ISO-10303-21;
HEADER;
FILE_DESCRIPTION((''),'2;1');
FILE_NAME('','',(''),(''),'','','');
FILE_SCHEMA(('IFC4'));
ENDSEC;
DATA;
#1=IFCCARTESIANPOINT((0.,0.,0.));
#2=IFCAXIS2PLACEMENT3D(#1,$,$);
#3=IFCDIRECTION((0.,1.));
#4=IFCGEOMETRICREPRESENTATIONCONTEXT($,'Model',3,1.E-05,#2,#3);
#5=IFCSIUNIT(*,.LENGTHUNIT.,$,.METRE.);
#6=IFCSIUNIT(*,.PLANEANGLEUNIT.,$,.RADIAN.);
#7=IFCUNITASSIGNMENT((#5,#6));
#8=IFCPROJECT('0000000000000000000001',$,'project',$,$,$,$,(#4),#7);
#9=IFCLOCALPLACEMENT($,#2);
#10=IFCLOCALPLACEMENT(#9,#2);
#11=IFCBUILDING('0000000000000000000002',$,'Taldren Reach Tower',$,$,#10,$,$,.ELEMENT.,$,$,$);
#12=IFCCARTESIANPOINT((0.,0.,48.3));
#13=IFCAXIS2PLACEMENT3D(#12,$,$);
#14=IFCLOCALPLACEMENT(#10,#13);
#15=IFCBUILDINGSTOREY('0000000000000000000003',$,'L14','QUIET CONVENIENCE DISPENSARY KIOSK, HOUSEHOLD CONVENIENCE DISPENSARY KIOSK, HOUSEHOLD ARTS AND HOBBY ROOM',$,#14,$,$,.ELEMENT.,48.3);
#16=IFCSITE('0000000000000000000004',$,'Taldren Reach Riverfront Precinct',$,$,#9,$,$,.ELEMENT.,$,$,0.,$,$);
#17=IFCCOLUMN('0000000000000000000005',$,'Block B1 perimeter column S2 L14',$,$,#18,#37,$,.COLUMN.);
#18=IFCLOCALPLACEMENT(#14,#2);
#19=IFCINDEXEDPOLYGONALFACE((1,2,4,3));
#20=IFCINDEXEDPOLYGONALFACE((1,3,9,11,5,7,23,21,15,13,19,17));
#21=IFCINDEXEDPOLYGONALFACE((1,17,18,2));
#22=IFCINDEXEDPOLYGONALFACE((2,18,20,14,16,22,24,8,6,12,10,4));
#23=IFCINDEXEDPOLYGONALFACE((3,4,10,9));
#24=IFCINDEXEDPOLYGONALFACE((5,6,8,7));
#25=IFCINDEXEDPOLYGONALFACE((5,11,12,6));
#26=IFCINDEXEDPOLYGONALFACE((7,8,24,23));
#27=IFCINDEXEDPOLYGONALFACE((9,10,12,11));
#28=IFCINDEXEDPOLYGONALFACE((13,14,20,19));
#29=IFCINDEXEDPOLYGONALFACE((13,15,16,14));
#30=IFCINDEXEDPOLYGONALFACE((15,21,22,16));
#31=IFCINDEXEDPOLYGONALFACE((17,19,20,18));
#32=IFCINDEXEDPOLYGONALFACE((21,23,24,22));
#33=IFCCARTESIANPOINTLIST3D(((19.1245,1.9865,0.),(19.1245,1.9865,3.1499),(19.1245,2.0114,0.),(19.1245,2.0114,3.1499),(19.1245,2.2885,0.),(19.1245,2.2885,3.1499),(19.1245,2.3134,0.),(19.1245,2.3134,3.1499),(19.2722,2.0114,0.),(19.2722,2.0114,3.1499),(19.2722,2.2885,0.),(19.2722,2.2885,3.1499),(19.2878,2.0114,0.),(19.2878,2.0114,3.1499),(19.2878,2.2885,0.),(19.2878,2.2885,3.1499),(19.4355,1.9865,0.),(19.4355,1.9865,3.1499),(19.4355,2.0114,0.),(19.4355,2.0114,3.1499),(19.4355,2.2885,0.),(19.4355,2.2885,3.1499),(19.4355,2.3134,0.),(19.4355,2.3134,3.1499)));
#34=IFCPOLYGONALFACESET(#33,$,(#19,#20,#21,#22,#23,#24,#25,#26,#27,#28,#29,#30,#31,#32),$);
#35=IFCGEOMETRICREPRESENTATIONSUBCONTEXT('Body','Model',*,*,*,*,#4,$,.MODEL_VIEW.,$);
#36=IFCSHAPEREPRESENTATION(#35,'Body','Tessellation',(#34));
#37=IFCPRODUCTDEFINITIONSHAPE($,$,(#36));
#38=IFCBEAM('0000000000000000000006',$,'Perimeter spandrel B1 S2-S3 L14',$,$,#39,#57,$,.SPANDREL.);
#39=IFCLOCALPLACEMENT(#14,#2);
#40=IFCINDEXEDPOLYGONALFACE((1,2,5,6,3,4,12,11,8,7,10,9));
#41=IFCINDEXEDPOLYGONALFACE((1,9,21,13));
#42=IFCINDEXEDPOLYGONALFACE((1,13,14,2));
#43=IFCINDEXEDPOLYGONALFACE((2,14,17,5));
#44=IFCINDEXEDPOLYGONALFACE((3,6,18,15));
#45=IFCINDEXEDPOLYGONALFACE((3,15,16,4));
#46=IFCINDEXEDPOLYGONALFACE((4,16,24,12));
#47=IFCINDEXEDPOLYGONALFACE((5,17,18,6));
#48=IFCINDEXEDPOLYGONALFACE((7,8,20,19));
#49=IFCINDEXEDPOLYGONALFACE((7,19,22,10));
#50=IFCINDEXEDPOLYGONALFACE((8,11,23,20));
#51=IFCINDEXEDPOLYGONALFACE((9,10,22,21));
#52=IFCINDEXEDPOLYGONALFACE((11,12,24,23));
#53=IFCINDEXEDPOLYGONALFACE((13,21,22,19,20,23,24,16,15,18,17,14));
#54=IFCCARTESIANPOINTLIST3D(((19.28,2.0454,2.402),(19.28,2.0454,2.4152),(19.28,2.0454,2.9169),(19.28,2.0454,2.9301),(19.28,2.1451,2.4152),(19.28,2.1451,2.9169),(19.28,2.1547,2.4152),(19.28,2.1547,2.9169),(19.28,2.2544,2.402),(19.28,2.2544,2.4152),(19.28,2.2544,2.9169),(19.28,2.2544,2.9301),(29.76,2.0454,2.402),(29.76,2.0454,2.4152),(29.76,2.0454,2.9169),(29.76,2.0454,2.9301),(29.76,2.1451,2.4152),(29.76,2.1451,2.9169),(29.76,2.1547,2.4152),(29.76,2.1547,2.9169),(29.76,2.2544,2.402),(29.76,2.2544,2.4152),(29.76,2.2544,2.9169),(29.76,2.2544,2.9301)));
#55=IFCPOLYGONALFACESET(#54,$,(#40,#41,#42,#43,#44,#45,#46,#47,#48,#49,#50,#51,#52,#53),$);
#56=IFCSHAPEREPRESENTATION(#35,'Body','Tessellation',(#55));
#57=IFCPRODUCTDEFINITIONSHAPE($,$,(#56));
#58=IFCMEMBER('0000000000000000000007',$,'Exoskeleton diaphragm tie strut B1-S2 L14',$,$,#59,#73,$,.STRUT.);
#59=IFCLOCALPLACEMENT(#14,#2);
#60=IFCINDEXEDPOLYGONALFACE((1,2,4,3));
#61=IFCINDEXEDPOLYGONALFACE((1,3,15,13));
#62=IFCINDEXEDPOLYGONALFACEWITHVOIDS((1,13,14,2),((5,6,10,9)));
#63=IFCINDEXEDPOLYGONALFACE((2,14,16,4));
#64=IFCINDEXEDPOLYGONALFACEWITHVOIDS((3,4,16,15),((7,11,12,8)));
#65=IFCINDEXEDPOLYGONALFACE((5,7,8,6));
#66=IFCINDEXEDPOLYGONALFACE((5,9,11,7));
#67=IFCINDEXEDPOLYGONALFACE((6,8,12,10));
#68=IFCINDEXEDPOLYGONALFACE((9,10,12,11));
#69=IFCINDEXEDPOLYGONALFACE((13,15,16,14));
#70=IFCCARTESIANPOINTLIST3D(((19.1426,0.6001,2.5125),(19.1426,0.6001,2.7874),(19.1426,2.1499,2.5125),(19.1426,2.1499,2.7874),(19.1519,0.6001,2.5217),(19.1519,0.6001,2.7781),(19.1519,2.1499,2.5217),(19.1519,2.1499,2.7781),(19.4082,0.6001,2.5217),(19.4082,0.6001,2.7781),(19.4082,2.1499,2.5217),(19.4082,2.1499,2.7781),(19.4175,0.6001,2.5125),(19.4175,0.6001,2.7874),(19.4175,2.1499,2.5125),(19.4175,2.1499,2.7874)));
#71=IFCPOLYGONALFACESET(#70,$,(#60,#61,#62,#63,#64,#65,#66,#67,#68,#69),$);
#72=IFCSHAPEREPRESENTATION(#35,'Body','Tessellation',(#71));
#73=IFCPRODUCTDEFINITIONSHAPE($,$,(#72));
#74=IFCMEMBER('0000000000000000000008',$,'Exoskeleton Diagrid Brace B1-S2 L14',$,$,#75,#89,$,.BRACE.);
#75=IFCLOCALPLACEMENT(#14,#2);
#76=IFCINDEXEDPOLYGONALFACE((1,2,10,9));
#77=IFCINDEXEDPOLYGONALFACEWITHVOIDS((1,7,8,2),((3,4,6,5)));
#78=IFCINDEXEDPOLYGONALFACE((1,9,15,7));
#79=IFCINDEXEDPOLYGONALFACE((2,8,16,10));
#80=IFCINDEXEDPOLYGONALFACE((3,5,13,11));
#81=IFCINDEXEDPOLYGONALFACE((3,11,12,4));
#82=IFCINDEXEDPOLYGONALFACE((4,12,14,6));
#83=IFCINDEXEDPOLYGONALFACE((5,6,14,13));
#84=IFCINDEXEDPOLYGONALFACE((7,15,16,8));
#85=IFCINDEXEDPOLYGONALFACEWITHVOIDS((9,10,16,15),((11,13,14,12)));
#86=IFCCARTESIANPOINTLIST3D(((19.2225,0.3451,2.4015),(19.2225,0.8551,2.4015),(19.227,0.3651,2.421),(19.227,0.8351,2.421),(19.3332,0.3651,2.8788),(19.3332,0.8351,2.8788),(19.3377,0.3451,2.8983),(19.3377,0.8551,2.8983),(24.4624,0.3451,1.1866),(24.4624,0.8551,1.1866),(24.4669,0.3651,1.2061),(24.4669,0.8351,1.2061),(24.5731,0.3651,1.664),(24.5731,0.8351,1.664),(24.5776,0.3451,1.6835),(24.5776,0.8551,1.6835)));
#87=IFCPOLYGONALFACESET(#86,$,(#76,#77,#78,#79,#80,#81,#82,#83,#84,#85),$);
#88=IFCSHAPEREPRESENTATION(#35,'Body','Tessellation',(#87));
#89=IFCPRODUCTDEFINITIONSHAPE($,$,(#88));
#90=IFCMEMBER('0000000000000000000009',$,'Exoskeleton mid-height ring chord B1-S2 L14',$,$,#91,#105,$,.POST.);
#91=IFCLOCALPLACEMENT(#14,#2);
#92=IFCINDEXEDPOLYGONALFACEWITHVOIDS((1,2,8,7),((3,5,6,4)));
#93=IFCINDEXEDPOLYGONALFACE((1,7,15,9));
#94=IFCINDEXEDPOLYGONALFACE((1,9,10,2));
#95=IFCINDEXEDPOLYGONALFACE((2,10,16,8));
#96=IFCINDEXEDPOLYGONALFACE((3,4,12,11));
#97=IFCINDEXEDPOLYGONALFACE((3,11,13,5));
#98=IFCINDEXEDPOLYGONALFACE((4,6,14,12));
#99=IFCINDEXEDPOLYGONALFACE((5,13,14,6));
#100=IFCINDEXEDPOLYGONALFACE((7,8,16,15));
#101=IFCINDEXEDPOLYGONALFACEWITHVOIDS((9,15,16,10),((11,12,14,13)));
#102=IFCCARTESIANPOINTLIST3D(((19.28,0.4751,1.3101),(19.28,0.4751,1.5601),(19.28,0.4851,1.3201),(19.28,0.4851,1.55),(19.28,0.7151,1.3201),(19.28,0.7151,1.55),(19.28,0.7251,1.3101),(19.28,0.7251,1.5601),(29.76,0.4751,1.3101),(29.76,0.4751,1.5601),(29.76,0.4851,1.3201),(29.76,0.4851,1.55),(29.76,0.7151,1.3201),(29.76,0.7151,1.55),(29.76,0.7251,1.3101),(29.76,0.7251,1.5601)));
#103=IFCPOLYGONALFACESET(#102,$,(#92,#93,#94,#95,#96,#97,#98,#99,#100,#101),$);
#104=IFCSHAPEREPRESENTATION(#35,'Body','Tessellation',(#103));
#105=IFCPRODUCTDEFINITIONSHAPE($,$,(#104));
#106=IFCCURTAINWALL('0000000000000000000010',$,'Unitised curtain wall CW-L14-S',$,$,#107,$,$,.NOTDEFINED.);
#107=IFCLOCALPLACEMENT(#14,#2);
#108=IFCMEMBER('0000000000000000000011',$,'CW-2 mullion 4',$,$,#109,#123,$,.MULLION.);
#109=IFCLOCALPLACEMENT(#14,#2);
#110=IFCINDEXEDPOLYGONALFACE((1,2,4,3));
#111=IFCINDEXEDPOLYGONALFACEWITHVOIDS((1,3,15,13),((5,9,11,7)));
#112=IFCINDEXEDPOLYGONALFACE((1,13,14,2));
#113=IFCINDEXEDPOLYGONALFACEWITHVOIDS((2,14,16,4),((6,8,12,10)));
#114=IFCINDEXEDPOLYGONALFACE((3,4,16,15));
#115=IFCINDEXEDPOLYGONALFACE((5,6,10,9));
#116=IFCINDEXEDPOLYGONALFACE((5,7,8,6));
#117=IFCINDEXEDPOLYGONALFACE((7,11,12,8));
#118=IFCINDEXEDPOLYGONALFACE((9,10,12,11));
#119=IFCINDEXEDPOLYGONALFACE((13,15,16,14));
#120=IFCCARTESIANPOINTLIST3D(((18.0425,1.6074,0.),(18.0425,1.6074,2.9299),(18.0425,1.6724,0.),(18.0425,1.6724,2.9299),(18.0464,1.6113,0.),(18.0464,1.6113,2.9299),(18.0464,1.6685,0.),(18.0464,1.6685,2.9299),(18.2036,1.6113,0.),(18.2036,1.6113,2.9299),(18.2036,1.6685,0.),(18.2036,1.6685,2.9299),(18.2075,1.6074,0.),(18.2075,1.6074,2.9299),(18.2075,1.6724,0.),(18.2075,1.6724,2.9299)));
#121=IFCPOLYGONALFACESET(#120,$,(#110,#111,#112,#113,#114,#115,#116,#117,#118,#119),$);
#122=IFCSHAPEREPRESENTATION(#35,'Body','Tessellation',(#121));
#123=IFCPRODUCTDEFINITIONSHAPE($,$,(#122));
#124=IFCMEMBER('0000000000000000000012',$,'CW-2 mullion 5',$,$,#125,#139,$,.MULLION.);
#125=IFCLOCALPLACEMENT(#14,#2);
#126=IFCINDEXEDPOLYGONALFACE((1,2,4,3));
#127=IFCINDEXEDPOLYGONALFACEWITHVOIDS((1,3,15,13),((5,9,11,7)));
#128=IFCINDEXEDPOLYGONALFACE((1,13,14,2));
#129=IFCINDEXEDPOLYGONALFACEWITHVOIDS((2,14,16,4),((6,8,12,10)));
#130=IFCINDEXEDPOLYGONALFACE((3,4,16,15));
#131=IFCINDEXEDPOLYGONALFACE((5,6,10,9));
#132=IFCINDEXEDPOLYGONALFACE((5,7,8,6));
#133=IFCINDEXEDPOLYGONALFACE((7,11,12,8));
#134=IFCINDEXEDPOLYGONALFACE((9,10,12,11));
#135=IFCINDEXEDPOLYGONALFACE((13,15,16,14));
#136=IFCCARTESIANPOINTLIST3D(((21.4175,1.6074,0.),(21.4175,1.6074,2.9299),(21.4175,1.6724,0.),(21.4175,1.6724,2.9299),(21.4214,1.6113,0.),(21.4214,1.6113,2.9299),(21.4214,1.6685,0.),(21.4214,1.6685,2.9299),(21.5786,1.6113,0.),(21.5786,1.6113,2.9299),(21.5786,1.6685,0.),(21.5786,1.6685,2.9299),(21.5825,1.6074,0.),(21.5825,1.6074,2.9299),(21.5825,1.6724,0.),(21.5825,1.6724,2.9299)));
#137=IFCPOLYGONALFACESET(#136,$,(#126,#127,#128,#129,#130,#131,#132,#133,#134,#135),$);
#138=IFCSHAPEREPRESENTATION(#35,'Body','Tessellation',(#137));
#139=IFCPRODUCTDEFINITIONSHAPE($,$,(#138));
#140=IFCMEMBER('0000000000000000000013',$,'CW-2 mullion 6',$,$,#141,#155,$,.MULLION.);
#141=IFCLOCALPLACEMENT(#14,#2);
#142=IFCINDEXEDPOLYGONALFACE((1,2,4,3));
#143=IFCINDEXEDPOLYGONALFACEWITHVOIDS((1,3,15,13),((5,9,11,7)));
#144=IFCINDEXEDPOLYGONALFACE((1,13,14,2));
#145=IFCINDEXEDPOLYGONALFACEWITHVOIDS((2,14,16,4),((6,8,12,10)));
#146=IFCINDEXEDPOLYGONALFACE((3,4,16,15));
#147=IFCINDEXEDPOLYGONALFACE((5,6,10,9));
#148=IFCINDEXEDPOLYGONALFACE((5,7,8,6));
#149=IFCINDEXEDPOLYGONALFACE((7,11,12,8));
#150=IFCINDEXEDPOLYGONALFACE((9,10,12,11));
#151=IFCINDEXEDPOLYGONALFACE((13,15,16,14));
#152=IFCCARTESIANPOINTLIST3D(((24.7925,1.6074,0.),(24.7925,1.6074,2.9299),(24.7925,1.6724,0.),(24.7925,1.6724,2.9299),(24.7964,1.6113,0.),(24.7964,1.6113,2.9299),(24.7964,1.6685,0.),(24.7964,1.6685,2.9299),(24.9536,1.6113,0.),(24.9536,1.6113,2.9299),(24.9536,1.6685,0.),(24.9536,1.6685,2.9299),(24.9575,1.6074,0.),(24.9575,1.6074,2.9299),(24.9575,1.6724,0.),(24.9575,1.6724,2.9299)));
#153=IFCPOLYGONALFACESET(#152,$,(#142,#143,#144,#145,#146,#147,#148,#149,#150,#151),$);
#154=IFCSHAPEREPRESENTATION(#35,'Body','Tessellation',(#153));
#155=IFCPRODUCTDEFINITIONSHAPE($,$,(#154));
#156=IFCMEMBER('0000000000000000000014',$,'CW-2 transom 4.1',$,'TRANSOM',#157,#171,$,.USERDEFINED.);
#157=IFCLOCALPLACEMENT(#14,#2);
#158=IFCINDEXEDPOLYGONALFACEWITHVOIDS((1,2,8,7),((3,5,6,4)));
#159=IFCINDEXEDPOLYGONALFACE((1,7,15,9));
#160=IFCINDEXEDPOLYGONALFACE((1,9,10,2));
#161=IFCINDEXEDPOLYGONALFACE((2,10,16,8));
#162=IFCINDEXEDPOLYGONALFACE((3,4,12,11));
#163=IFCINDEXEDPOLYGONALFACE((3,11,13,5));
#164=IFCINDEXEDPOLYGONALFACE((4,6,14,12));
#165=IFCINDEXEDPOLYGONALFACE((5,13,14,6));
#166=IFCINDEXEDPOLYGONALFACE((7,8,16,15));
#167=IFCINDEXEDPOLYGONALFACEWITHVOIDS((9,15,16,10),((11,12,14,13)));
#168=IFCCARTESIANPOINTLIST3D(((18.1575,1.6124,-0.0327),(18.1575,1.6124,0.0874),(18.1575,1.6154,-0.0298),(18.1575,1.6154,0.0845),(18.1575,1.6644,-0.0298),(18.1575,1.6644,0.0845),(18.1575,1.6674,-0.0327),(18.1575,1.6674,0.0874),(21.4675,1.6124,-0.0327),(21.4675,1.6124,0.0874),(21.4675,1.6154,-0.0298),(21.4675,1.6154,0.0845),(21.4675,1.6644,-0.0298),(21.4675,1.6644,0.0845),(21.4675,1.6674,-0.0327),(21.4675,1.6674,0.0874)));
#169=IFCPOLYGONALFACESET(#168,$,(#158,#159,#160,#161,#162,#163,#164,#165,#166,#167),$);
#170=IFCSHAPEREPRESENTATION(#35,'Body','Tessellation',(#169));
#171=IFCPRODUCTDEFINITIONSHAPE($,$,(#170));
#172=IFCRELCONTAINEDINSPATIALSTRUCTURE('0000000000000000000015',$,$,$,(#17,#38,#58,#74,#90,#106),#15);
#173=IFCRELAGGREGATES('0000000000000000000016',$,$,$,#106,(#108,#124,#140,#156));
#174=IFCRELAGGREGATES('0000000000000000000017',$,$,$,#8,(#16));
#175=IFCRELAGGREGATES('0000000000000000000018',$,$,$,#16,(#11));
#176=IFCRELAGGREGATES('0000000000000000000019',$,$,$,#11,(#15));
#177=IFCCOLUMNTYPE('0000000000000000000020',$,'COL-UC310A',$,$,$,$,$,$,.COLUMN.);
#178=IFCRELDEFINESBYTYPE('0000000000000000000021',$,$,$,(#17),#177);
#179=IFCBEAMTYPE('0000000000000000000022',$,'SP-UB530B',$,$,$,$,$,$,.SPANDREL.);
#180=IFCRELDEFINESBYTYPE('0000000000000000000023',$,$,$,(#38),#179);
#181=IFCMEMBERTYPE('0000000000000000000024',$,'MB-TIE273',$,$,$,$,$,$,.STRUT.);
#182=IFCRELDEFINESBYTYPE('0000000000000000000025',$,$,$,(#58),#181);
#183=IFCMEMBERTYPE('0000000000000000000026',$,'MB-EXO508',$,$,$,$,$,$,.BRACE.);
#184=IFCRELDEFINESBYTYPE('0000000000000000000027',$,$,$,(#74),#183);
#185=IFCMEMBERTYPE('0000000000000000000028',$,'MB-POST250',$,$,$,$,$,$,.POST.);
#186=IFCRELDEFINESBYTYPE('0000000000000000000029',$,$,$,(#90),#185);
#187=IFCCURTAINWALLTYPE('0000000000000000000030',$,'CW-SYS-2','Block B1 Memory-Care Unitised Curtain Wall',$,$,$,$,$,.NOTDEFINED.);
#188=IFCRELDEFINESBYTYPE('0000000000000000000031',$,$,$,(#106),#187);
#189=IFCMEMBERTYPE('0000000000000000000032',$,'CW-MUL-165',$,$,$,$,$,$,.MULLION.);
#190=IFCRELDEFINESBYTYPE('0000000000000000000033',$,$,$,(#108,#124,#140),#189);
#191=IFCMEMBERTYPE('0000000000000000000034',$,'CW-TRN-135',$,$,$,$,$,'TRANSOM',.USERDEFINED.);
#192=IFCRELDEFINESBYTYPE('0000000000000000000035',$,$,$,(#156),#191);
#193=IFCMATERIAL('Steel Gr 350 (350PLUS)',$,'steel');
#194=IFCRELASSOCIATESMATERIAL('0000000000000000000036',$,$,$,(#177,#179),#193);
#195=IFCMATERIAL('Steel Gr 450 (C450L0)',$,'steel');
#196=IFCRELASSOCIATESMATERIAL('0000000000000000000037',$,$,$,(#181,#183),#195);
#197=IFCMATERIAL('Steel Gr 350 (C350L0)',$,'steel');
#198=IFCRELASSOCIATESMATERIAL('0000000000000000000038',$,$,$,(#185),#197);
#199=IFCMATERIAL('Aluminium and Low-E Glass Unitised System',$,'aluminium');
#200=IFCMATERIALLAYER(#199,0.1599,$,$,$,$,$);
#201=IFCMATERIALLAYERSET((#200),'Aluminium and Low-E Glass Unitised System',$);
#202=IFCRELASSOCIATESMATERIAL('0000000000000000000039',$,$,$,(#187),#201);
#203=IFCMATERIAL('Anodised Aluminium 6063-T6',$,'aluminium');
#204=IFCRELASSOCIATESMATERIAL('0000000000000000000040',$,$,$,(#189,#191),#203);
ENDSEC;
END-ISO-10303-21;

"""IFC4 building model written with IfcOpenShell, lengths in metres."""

from ifc_helpers import new_model, si_unit, direction, frame, origin, origin_2d, place, context, subcontext, project, spatial, hollow_rectangle, i_section, extrude, source, transform, mapped, material, layer, layer_set, material_profile, profile_set, type_object, element, aggregate, save


model = new_model("IFC4")

# Units and contexts
model_context = context("Model", 3, precision=1e-05, world=origin(), true_north=direction((0.0, 1.0)))
body_context = subcontext(model_context, "Body", "Model", "MODEL_VIEW")
ifc_project = project(units=[si_unit("LENGTHUNIT", "METRE"), si_unit("PLANEANGLEUNIT", "RADIAN")], contexts=[model_context])

# Site, building, storey
site_placement = place(None, origin())
site = spatial("IfcSite", under=ifc_project, at=site_placement, Name="Taldren Reach Riverfront Precinct", CompositionType="ELEMENT", RefElevation=0.0)
building_placement = place(site_placement, origin())
building = spatial("IfcBuilding", under=site, at=building_placement, Name="Taldren Reach Tower", CompositionType="ELEMENT")
storey_placement = place(building_placement, frame((0.0, 0.0, 48.3)))
storey = spatial("IfcBuildingStorey", under=building, at=storey_placement, Name="L14", Description="QUIET CONVENIENCE DISPENSARY KIOSK, HOUSEHOLD CONVENIENCE DISPENSARY KIOSK, HOUSEHOLD ARTS AND HOBBY ROOM", CompositionType="ELEMENT", Elevation=48.3)

# Column
ifc_material_1 = material(Name="Steel Gr 350 (350PLUS)", Category="steel")
ifc_material_profile_1 = material_profile(ifc_material_1, i_section(OverallWidth=0.311, OverallDepth=0.3269, WebThickness=0.0156, FlangeThickness=0.0249, at=origin_2d()), Name="310UC158")
ifc_profile_set_1 = profile_set([ifc_material_profile_1], Name="Steel Gr 350 (350PLUS)")
column_type = type_object("IfcColumnType", Name="COL-UC310A", PredefinedType="COLUMN", material=ifc_profile_set_1)
shared_shape_1 = source(origin(), body_context, "Body", "SweptSolid", [
    extrude(i_section(OverallWidth=0.311, OverallDepth=0.3269, WebThickness=0.0156, FlangeThickness=0.0249, at=origin_2d()), origin(), (0.0, 0.0, 1.0), 3.1499),
])
column_placement = place(storey_placement, frame((19.28, 2.1499, 0.0), z_axis=(0.0, 0.0, 1.0), x_axis=(1.0, 0.0, 0.0)))
element("IfcColumn", 1, at=column_placement, inside=storey, type_object=column_type, Name="Block B1 perimeter column S2 L14", PredefinedType="COLUMN", context=body_context, shape_type="MappedRepresentation", body=[
    mapped(shared_shape_1, transform((0.0, 0.0, 0.0), scale=1.0)),
])

# Beam
ifc_material_profile_2 = material_profile(ifc_material_1, i_section(OverallWidth=0.209, OverallDepth=0.5281, WebThickness=0.0095, FlangeThickness=0.0132, at=origin_2d()), Name="530UB82.0")
ifc_profile_set_2 = profile_set([ifc_material_profile_2], Name="Steel Gr 350 (350PLUS)")
beam_type = type_object("IfcBeamType", Name="SP-UB530B", PredefinedType="SPANDREL", material=ifc_profile_set_2)
shared_shape_2 = source(origin(), body_context, "Body", "SweptSolid", [
    extrude(i_section(OverallWidth=0.209, OverallDepth=0.5281, WebThickness=0.0095, FlangeThickness=0.0132, at=origin_2d()), origin(), (0.0, 0.0, 1.0), 10.48),
])
beam_placement = place(storey_placement, frame((19.28, 2.1499, 2.666), z_axis=(1.0, 0.0, 0.0), x_axis=(0.0, 1.0, 0.0)))
element("IfcBeam", 2, at=beam_placement, inside=storey, type_object=beam_type, Name="Perimeter spandrel B1 S2-S3 L14", PredefinedType="SPANDREL", context=body_context, shape_type="MappedRepresentation", body=[
    mapped(shared_shape_2, transform((0.0, 0.0, 0.0), scale=1.0)),
])

# Members
ifc_material_2 = material(Name="Steel Gr 450 (C450L0)", Category="steel")
ifc_material_profile_3 = material_profile(ifc_material_2, hollow_rectangle(XDim=0.2749, YDim=0.2749, WallThickness=0.0093, at=origin_2d()), Name="275x275x9.3SHS")
ifc_profile_set_3 = profile_set([ifc_material_profile_3], Name="Steel Gr 450 (C450L0)")
member_type_1 = type_object("IfcMemberType", Name="MB-TIE273", PredefinedType="STRUT", material=ifc_profile_set_3)
shared_shape_3 = source(origin(), body_context, "Body", "SweptSolid", [
    extrude(hollow_rectangle(XDim=0.2749, YDim=0.2749, WallThickness=0.0093, at=origin_2d()), origin(), (0.0, 0.0, 1.0), 1.5498),
])
member_1_placement = place(storey_placement, frame((19.28, 2.1499, 2.6499), z_axis=(0.0, -1.0, 0.0), x_axis=(1.0, 0.0, 0.0)))
element("IfcMember", 3, at=member_1_placement, inside=storey, type_object=member_type_1, Name="Exoskeleton diaphragm tie strut B1-S2 L14", PredefinedType="STRUT", context=body_context, shape_type="MappedRepresentation", body=[
    mapped(shared_shape_3, transform((0.0, 0.0, 0.0), scale=1.0)),
])
ifc_material_profile_4 = material_profile(ifc_material_2, hollow_rectangle(XDim=0.51, YDim=0.51, WallThickness=0.02, at=origin_2d()), Name="510x510x20.0SHS")
ifc_profile_set_4 = profile_set([ifc_material_profile_4], Name="Steel Gr 450 (C450L0)")
member_type_2 = type_object("IfcMemberType", Name="MB-EXO508", PredefinedType="BRACE", material=ifc_profile_set_4)
shared_shape_4 = source(origin(), body_context, "Body", "SweptSolid", [
    extrude(hollow_rectangle(XDim=0.51, YDim=0.51, WallThickness=0.02, at=origin_2d()), origin(), (0.0, 0.0, 1.0), 5.3789),
])
member_2_placement = place(storey_placement, frame((24.52, 0.6001, 1.4351), z_axis=(-0.974162, 0.0, 0.225851), x_axis=(0.0, -1.0, 0.0)))
element("IfcMember", 4, at=member_2_placement, inside=storey, type_object=member_type_2, Name="Exoskeleton Diagrid Brace B1-S2 L14", PredefinedType="BRACE", context=body_context, shape_type="MappedRepresentation", body=[
    mapped(shared_shape_4, transform((0.0, 0.0, 0.0), scale=1.0)),
])
ifc_material_3 = material(Name="Steel Gr 350 (C350L0)", Category="steel")
ifc_material_profile_5 = material_profile(ifc_material_3, hollow_rectangle(XDim=0.25, YDim=0.25, WallThickness=0.01, at=origin_2d()), Name="250x250x10.0SHS")
ifc_profile_set_5 = profile_set([ifc_material_profile_5], Name="Steel Gr 350 (C350L0)")
member_type_3 = type_object("IfcMemberType", Name="MB-POST250", PredefinedType="POST", material=ifc_profile_set_5)
shared_shape_5 = source(origin(), body_context, "Body", "SweptSolid", [
    extrude(hollow_rectangle(XDim=0.25, YDim=0.25, WallThickness=0.01, at=origin_2d()), origin(), (0.0, 0.0, 1.0), 10.48),
])
member_3_placement = place(storey_placement, frame((19.28, 0.6001, 1.4351), z_axis=(1.0, 0.0, 0.0), x_axis=(0.0, 1.0, 0.0)))
element("IfcMember", 5, at=member_3_placement, inside=storey, type_object=member_type_3, Name="Exoskeleton mid-height ring chord B1-S2 L14", PredefinedType="POST", context=body_context, shape_type="MappedRepresentation", body=[
    mapped(shared_shape_5, transform((0.0, 0.0, 0.0), scale=1.0)),
])

# Curtain wall, members
ifc_material_4 = material(Name="Aluminium and Low-E Glass Unitised System", Category="aluminium")
ifc_layer_1 = layer(ifc_material_4, 0.1599)
ifc_layer_set_1 = layer_set([ifc_layer_1], Name="Aluminium and Low-E Glass Unitised System")
curtain_wall_type = type_object("IfcCurtainWallType", Name="CW-SYS-2", Description="Block B1 Memory-Care Unitised Curtain Wall", PredefinedType="NOTDEFINED", material=ifc_layer_set_1)
curtain_wall_placement = place(storey_placement, origin())
curtain_wall = element("IfcCurtainWall", 6, at=curtain_wall_placement, inside=storey, type_object=curtain_wall_type, Name="Unitised curtain wall CW-L14-S", PredefinedType="NOTDEFINED")
ifc_material_5 = material(Name="Anodised Aluminium 6063-T6", Category="aluminium")
ifc_material_profile_6 = material_profile(ifc_material_5, hollow_rectangle(XDim=0.0649, YDim=0.165, WallThickness=0.0039, at=origin_2d()), Name="ALU-165x65x4RHS")
ifc_profile_set_6 = profile_set([ifc_material_profile_6], Name="Anodised Aluminium 6063-T6")
member_type_4 = type_object("IfcMemberType", Name="CW-MUL-165", PredefinedType="MULLION", material=ifc_profile_set_6)
shared_shape_6 = source(origin(), body_context, "Body", "SweptSolid", [
    extrude(hollow_rectangle(XDim=0.0649, YDim=0.165, WallThickness=0.0039, at=origin_2d()), origin(), (0.0, 0.0, 1.0), 2.9299),
])
member_4_placement = place(storey_placement, frame((18.125, 1.6399, 0.0), z_axis=(0.0, 0.0, 1.0), x_axis=(0.0, 1.0, 0.0)))
member_4 = element("IfcMember", 7, at=member_4_placement, type_object=member_type_4, Name="CW-2 mullion 4", PredefinedType="MULLION", context=body_context, shape_type="MappedRepresentation", body=[
    mapped(shared_shape_6, transform((0.0, 0.0, 0.0), scale=1.0)),
])
member_5_placement = place(storey_placement, frame((21.5, 1.6399, 0.0), z_axis=(0.0, 0.0, 1.0), x_axis=(0.0, 1.0, 0.0)))
member_5 = element("IfcMember", 8, at=member_5_placement, type_object=member_type_4, Name="CW-2 mullion 5", PredefinedType="MULLION", context=body_context, shape_type="MappedRepresentation", body=[
    mapped(shared_shape_6, transform((0.0, 0.0, 0.0), scale=1.0)),
])
member_6_placement = place(storey_placement, frame((24.875, 1.6399, 0.0), z_axis=(0.0, 0.0, 1.0), x_axis=(0.0, 1.0, 0.0)))
member_6 = element("IfcMember", 9, at=member_6_placement, type_object=member_type_4, Name="CW-2 mullion 6", PredefinedType="MULLION", context=body_context, shape_type="MappedRepresentation", body=[
    mapped(shared_shape_6, transform((0.0, 0.0, 0.0), scale=1.0)),
])
ifc_material_profile_7 = material_profile(ifc_material_5, hollow_rectangle(XDim=0.0549, YDim=0.1201, WallThickness=0.0029, at=origin_2d()), Name="ALU-120x55x3RHS")
ifc_profile_set_7 = profile_set([ifc_material_profile_7], Name="Anodised Aluminium 6063-T6")
member_type_5 = type_object("IfcMemberType", Name="CW-TRN-135", ElementType="TRANSOM", PredefinedType="USERDEFINED", material=ifc_profile_set_7)
shared_shape_7 = source(origin(), body_context, "Body", "SweptSolid", [
    extrude(hollow_rectangle(XDim=0.0549, YDim=0.1201, WallThickness=0.0029, at=origin_2d()), origin(), (0.0, 0.0, 1.0), 3.3101),
])
member_7_placement = place(storey_placement, frame((18.1575, 1.6399, 0.0273), z_axis=(1.0, 0.0, 0.0), x_axis=(0.0, 1.0, 0.0)))
member_7 = element("IfcMember", 10, at=member_7_placement, type_object=member_type_5, Name="CW-2 transom 4.1", ObjectType="TRANSOM", PredefinedType="USERDEFINED", context=body_context, shape_type="MappedRepresentation", body=[
    mapped(shared_shape_7, transform((0.0, 0.0, 0.0), scale=1.0)),
])

aggregate(curtain_wall, [member_4, member_5, member_6, member_7])

save(model, "model.ifc")
